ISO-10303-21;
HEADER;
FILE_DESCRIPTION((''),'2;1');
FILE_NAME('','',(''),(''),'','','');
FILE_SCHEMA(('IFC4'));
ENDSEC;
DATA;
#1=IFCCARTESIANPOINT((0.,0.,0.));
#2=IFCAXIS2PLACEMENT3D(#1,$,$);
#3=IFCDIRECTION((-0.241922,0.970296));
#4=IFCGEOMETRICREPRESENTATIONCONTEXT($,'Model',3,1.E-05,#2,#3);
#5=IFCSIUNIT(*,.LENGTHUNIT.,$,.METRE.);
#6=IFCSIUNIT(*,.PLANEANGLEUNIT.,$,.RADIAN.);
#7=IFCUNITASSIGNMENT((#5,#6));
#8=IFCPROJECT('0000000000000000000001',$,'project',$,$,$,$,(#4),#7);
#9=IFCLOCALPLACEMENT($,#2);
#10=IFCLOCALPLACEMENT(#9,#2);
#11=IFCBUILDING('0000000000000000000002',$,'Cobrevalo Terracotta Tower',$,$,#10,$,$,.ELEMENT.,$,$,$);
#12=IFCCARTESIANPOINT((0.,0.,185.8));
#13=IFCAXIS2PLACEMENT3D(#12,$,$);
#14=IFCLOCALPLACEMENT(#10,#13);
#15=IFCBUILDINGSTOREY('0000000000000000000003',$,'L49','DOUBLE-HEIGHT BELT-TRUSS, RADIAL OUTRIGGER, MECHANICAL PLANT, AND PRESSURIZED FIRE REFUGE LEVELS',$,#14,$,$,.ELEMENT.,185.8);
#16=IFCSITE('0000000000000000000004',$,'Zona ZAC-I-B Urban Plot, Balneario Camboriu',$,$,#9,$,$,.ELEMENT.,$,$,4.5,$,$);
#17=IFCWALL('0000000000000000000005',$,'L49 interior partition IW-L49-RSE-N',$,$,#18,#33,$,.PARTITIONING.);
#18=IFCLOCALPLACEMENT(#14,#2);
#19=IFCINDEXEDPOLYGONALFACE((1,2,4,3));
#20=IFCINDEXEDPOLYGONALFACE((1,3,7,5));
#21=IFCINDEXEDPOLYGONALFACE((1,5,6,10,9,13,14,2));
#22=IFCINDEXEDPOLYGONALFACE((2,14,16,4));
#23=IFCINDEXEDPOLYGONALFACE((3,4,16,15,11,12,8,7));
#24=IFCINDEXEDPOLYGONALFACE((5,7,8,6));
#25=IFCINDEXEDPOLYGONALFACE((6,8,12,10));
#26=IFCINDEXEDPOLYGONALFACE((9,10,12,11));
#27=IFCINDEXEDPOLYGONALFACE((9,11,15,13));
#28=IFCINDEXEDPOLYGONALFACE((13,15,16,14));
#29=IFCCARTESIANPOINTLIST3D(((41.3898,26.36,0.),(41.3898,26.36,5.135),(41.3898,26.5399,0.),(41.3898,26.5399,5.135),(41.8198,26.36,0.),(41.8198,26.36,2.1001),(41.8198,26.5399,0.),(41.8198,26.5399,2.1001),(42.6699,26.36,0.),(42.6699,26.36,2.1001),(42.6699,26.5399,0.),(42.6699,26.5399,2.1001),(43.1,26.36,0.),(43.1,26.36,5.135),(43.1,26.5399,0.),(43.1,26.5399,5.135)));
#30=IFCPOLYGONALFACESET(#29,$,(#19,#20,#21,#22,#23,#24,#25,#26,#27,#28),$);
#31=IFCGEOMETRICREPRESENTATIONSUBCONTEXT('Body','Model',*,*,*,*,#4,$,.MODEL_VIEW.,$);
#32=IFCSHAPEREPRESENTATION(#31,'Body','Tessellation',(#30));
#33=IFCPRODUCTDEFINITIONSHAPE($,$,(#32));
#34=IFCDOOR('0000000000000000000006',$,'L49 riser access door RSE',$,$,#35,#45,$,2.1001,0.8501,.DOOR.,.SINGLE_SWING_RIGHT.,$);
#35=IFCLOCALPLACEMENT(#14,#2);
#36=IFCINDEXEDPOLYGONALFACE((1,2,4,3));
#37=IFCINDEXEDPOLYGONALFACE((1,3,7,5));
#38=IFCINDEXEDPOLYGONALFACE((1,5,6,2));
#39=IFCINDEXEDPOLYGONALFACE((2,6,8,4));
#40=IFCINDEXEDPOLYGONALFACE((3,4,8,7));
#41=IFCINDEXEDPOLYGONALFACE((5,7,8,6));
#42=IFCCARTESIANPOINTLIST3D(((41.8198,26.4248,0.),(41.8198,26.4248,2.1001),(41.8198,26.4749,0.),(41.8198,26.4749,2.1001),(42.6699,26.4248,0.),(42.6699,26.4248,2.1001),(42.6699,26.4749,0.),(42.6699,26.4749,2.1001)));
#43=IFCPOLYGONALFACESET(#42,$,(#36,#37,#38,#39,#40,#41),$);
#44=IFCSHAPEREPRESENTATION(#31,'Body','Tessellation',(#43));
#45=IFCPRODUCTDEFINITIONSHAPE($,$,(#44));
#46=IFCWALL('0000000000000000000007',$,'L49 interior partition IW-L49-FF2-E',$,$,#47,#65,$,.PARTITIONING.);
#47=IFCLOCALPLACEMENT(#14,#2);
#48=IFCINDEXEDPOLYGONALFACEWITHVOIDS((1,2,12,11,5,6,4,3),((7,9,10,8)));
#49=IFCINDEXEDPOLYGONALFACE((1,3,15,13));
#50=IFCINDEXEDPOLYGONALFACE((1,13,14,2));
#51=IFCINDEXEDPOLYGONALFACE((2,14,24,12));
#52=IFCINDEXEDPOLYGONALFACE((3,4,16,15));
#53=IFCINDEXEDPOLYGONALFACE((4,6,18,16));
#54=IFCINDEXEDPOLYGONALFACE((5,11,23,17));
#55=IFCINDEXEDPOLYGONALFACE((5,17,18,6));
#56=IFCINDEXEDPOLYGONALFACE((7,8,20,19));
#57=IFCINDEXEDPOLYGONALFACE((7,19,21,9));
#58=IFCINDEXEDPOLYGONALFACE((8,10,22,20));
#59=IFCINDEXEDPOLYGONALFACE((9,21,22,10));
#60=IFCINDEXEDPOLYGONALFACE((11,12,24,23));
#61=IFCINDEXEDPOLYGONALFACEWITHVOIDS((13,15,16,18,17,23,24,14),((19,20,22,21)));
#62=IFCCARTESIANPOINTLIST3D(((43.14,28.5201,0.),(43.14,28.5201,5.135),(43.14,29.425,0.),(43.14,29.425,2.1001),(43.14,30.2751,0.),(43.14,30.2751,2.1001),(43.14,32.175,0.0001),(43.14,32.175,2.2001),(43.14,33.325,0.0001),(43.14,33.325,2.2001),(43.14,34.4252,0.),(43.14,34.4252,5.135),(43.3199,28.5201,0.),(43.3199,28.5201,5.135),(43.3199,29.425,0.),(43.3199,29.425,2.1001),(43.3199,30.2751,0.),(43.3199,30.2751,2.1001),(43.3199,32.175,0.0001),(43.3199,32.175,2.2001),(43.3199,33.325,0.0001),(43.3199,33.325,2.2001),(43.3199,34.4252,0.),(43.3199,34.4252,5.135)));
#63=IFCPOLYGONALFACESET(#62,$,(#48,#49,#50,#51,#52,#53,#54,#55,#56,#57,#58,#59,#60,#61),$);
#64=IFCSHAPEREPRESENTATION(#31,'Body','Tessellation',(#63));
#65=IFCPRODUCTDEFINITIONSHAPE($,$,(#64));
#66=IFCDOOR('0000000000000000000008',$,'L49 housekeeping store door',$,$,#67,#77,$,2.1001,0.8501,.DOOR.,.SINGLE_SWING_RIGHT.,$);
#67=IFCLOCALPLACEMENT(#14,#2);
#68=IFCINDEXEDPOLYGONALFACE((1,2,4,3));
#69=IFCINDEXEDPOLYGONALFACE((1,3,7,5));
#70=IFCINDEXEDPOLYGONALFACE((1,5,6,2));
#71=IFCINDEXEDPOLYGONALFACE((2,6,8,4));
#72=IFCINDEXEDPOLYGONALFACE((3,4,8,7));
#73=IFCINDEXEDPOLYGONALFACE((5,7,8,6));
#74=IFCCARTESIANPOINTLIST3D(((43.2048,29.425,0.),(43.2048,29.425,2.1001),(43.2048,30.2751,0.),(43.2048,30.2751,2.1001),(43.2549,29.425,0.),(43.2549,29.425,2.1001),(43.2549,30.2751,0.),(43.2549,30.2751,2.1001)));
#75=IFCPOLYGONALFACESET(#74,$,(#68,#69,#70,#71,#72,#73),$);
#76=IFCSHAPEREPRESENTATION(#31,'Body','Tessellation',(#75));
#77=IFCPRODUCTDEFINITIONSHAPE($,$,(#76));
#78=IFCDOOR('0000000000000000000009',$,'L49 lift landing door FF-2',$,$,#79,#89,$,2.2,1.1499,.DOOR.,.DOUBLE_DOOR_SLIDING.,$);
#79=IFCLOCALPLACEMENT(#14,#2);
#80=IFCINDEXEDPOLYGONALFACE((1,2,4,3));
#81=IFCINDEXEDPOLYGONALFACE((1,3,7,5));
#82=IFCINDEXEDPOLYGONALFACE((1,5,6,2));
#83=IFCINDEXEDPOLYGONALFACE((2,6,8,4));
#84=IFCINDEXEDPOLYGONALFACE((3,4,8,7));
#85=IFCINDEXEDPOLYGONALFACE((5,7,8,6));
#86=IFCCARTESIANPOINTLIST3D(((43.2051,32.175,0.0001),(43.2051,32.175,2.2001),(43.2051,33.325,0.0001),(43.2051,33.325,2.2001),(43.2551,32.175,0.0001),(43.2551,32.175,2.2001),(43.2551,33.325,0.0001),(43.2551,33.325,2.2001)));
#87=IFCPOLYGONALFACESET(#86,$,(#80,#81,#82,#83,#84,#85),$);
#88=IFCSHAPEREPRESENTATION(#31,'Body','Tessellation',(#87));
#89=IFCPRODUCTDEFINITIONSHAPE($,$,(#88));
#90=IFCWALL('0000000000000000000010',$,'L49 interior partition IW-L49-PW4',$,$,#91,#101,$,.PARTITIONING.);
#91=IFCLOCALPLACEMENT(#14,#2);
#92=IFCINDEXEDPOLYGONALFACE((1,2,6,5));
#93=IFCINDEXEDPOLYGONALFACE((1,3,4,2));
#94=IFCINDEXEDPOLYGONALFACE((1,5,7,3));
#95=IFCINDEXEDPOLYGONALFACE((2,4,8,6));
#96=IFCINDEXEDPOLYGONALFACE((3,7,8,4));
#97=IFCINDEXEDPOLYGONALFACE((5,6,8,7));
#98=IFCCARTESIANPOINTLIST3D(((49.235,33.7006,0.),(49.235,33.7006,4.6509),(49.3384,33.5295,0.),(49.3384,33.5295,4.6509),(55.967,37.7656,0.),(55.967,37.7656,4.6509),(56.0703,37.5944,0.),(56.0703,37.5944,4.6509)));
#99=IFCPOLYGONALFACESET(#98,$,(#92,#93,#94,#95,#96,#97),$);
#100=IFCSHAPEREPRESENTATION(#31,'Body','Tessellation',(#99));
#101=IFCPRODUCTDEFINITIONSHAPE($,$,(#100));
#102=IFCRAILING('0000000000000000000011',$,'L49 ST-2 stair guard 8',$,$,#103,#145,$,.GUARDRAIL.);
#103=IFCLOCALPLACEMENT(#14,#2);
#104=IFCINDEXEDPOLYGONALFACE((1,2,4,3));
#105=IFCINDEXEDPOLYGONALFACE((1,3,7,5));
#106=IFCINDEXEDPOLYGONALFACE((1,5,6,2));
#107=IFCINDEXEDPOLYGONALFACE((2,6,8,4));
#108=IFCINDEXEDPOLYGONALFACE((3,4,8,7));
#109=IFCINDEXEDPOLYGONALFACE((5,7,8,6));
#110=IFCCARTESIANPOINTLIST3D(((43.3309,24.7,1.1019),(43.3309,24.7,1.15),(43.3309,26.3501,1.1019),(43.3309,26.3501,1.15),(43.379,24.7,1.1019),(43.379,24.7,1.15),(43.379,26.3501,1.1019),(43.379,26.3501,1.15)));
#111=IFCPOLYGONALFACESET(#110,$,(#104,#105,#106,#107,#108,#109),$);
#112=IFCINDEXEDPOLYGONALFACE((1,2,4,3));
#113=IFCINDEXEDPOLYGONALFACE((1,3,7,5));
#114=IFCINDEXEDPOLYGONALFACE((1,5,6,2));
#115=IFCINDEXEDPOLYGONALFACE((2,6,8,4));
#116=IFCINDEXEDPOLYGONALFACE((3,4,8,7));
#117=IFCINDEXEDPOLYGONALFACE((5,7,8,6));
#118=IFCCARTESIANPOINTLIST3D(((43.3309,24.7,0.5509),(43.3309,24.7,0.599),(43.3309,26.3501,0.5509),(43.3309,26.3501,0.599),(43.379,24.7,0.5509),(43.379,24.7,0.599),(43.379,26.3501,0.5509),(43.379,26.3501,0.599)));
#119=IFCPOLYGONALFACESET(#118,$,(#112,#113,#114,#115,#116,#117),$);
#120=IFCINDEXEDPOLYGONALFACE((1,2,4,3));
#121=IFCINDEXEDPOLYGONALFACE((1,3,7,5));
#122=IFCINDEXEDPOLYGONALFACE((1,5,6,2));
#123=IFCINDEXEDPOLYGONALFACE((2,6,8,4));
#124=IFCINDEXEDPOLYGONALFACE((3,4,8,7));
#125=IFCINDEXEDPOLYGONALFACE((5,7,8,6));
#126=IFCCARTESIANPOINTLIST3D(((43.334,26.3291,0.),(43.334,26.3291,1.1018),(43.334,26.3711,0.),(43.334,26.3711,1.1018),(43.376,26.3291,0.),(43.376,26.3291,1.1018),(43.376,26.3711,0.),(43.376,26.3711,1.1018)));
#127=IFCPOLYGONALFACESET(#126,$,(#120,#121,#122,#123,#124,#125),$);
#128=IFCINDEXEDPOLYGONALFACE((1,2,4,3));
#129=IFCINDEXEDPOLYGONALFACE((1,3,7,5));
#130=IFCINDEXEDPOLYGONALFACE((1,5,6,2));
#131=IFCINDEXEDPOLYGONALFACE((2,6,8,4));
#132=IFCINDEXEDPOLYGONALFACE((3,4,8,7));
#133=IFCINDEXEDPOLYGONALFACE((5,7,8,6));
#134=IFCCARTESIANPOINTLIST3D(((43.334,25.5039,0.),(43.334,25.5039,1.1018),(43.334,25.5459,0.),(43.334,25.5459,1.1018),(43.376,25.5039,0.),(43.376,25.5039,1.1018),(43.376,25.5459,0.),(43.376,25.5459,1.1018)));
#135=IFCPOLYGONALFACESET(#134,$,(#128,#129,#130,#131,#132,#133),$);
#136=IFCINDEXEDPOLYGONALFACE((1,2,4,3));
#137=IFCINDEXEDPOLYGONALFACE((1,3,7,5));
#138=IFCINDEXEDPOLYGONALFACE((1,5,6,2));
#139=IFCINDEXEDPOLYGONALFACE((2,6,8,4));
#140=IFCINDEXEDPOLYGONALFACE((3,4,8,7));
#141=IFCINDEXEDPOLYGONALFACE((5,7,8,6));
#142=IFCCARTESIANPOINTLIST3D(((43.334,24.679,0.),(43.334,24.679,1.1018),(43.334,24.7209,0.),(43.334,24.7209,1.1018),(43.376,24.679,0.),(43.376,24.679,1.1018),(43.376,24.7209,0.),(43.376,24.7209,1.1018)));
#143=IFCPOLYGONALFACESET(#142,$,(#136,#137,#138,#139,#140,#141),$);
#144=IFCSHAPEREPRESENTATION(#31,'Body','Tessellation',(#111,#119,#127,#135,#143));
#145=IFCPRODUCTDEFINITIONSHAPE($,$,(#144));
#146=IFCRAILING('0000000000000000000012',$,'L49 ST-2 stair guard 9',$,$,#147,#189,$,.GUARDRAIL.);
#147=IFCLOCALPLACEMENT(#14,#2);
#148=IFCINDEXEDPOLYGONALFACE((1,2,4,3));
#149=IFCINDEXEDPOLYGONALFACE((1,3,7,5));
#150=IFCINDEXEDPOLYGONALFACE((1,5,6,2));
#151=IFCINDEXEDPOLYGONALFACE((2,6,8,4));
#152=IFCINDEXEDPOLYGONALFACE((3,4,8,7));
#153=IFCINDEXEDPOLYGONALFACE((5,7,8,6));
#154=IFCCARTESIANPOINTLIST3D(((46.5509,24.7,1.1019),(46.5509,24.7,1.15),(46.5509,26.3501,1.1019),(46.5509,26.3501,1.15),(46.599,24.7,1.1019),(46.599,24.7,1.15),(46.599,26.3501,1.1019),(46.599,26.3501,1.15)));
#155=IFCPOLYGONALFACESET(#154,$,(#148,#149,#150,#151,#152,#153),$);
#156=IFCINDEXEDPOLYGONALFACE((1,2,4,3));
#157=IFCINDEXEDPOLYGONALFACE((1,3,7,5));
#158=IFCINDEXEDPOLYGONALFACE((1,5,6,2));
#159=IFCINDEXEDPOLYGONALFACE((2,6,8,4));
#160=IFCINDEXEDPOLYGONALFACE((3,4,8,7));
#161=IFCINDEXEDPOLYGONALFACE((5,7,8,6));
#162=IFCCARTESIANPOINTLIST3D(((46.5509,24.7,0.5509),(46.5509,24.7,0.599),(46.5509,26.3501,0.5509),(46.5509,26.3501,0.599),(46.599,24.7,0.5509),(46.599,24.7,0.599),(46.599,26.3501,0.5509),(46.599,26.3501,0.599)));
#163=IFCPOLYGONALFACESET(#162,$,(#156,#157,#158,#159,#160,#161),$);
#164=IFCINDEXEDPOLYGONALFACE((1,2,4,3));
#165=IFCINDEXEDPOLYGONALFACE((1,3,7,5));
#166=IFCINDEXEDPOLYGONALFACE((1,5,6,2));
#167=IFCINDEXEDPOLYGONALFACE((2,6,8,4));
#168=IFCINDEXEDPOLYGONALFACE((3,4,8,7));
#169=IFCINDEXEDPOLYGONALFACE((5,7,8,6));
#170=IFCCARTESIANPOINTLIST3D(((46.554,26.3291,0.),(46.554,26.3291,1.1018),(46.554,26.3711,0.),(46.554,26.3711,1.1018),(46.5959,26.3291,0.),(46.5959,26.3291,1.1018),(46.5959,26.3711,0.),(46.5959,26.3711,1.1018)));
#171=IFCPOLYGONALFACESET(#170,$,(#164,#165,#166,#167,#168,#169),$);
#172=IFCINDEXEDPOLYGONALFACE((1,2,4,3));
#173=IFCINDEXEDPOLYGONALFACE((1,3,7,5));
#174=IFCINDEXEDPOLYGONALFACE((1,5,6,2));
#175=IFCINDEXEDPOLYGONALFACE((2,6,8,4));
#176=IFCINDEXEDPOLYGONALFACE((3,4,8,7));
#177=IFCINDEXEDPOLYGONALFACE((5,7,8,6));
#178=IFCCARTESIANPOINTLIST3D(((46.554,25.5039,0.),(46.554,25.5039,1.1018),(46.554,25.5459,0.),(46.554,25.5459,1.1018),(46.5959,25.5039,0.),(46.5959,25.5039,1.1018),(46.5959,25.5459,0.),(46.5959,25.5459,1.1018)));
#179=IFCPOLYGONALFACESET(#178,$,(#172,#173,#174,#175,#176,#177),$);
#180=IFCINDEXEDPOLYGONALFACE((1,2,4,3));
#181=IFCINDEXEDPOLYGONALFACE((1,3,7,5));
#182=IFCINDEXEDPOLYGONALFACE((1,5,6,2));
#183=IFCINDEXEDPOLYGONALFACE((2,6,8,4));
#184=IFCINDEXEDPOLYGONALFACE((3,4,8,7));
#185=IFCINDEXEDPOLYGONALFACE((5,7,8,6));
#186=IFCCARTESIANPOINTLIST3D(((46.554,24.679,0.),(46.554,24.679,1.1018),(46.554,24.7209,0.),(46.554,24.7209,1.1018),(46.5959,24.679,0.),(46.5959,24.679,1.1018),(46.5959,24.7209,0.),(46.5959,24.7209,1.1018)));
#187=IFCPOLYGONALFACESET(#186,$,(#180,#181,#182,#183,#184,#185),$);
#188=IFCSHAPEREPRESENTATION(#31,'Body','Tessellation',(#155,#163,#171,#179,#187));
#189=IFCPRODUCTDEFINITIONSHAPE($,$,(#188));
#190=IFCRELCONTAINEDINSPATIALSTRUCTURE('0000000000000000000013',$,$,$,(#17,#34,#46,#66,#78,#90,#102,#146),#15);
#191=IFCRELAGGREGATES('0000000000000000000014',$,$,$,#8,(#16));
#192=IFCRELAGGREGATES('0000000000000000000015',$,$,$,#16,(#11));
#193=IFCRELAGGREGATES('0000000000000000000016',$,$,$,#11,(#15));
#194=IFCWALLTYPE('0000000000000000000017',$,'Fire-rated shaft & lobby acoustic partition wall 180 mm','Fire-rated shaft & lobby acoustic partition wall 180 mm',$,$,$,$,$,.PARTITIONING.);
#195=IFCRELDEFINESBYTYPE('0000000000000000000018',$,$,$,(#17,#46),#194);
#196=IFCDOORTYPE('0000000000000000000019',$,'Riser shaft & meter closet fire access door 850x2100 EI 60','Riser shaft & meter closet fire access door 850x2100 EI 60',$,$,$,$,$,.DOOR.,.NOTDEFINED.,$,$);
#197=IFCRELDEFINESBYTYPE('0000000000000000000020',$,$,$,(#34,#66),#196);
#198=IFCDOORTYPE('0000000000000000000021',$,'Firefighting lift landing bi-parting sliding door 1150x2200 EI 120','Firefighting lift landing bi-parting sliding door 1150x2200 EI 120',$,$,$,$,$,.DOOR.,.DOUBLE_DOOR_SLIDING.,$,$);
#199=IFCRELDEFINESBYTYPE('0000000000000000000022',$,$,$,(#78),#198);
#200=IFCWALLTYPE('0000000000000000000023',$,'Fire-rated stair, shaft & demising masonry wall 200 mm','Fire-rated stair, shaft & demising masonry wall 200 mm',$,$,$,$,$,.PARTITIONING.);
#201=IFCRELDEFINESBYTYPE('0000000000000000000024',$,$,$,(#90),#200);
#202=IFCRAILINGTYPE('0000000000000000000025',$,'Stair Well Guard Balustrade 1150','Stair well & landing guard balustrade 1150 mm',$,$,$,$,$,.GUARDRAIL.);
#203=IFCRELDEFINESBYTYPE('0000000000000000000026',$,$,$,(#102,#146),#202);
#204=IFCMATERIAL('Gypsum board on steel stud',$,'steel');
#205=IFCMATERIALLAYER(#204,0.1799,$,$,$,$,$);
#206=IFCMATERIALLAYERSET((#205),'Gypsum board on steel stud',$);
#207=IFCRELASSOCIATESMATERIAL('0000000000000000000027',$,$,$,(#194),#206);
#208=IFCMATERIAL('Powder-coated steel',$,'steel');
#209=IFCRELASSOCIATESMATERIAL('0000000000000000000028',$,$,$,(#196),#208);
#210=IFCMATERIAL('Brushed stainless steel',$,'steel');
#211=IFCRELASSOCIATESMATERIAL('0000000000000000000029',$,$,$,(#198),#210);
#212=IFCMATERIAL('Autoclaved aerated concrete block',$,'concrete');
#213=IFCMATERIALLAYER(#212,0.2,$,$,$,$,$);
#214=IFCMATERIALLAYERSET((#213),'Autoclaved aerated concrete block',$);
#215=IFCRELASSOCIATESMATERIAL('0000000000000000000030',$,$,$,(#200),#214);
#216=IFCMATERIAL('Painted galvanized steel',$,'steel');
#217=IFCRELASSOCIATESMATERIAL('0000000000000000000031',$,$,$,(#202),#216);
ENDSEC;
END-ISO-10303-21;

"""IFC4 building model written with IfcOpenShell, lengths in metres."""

from ifc_helpers import new_model, si_unit, direction, frame, frame_2d, origin, origin_2d, place, context, subcontext, project, spatial, rectangle, extrude, source, transform, mapped, material, layer, layer_set, type_object, element, fill, save


model = new_model("IFC4")

# Units and contexts
model_context = context("Model", 3, precision=1e-05, world=origin(), true_north=direction((-0.241922, 0.970296)))
body_context = subcontext(model_context, "Body", "Model", "MODEL_VIEW")
ifc_project = project(units=[si_unit("LENGTHUNIT", "METRE"), si_unit("PLANEANGLEUNIT", "RADIAN")], contexts=[model_context])

# Site, building, storey
site_placement = place(None, origin())
site = spatial("IfcSite", under=ifc_project, at=site_placement, Name="Zona ZAC-I-B Urban Plot, Balneario Camboriu", CompositionType="ELEMENT", RefElevation=4.5)
building_placement = place(site_placement, origin())
building = spatial("IfcBuilding", under=site, at=building_placement, Name="Cobrevalo Terracotta Tower", CompositionType="ELEMENT")
storey_placement = place(building_placement, frame((0.0, 0.0, 185.8)))
storey = spatial("IfcBuildingStorey", under=building, at=storey_placement, Name="L49", Description="DOUBLE-HEIGHT BELT-TRUSS, RADIAL OUTRIGGER, MECHANICAL PLANT, AND PRESSURIZED FIRE REFUGE LEVELS", CompositionType="ELEMENT", Elevation=185.8)

# Shared definitions
ifc_material_1 = material(Name="Gypsum board on steel stud", Category="steel")

# Wall, opening, door
ifc_layer_1 = layer(ifc_material_1, 0.1799)
ifc_layer_set_1 = layer_set([ifc_layer_1], Name="Gypsum board on steel stud")
wall_type_1 = type_object("IfcWallType", Name="Fire-rated shaft & lobby acoustic partition wall 180 mm", Description="Fire-rated shaft & lobby acoustic partition wall 180 mm", PredefinedType="PARTITIONING", material=ifc_layer_set_1)
wall_1_placement = place(storey_placement, frame((41.3899, 26.45, 0.0), z_axis=(0.0, 0.0, 1.0), x_axis=(1.0, 0.0, 0.0)))
wall_1 = element("IfcWall", 1, at=wall_1_placement, inside=storey, type_object=wall_type_1, Name="L49 interior partition IW-L49-RSE-N", PredefinedType="PARTITIONING", context=body_context, shape_type="SweptSolid", body=[
    extrude(rectangle(XDim=1.7102, YDim=0.1799, at=frame_2d((0.855, 0.0))), origin(), (0.0, 0.0, 1.0), 5.135),
])
opening_1_placement = place(wall_1_placement, frame((0.4299, 0.0, 0.0)))
opening_1 = element("IfcOpeningElement", 2, at=opening_1_placement, cuts=wall_1, PredefinedType="OPENING", context=body_context, shape_type="SweptSolid", body=[
    extrude(rectangle(XDim=0.8501, YDim=2.1001, at=frame_2d((0.425, 1.05))), frame((0.0, 0.1001, 0.0), z_axis=(0.0, -1.0, 0.0), x_axis=(1.0, 0.0, 0.0)), (0.0, 0.0, 1.0), 0.2),
])
ifc_material_2 = material(Name="Powder-coated steel", Category="steel")
door_type_1 = type_object("IfcDoorType", Name="Riser shaft & meter closet fire access door 850x2100 EI 60", Description="Riser shaft & meter closet fire access door 850x2100 EI 60", OperationType="NOTDEFINED", PredefinedType="DOOR", material=ifc_material_2)
shared_shape_1 = source(origin(), body_context, "Body", "SweptSolid", [
    extrude(rectangle(XDim=0.8501, YDim=2.1001, at=frame_2d((0.425, 1.05))), frame((0.0, 0.0249, 0.0), z_axis=(0.0, -1.0, 0.0), x_axis=(1.0, 0.0, 0.0)), (0.0, 0.0, 1.0), 0.05),
])
door_1_placement = place(opening_1_placement, origin())
door_1 = element("IfcDoor", 3, at=door_1_placement, inside=storey, type_object=door_type_1, Name="L49 riser access door RSE", OperationType="SINGLE_SWING_RIGHT", OverallHeight=2.1001, OverallWidth=0.8501, PredefinedType="DOOR", context=body_context, shape_type="MappedRepresentation", body=[
    mapped(shared_shape_1, transform((0.0, 0.0, 0.0), scale=1.0)),
])
fill(opening_1, door_1)

# Wall, openings, doors
wall_2_placement = place(storey_placement, frame((43.23, 28.52, 0.0), z_axis=(0.0, 0.0, 1.0), x_axis=(0.0, 1.0, 0.0)))
wall_2 = element("IfcWall", 4, at=wall_2_placement, inside=storey, type_object=wall_type_1, Name="L49 interior partition IW-L49-FF2-E", PredefinedType="PARTITIONING", context=body_context, shape_type="SweptSolid", body=[
    extrude(rectangle(XDim=5.905, YDim=0.1799, at=frame_2d((2.9526, 0.0))), origin(), (0.0, 0.0, 1.0), 5.135),
])
opening_2_placement = place(wall_2_placement, frame((0.905, 0.0, 0.0)))
opening_2 = element("IfcOpeningElement", 5, at=opening_2_placement, cuts=wall_2, PredefinedType="OPENING", context=body_context, shape_type="SweptSolid", body=[
    extrude(rectangle(XDim=0.8501, YDim=2.1001, at=frame_2d((0.425, 1.05))), frame((0.0, 0.1001, 0.0), z_axis=(0.0, -1.0, 0.0), x_axis=(1.0, 0.0, 0.0)), (0.0, 0.0, 1.0), 0.2),
])
opening_3_placement = place(wall_2_placement, frame((3.655, 0.0, 0.0)))
opening_3 = element("IfcOpeningElement", 6, at=opening_3_placement, cuts=wall_2, PredefinedType="OPENING", context=body_context, shape_type="SweptSolid", body=[
    extrude(rectangle(XDim=1.1499, YDim=2.2, at=frame_2d((0.575, 1.1001))), frame((0.0, 0.1001, 0.0), z_axis=(0.0, -1.0, 0.0), x_axis=(1.0, 0.0, 0.0)), (0.0, 0.0, 1.0), 0.2),
])
door_2_placement = place(opening_2_placement, frame((0.8501, 0.0, 0.0), z_axis=(0.0, 0.0, 1.0), x_axis=(-1.0, 0.0, 0.0)))
door_2 = element("IfcDoor", 7, at=door_2_placement, inside=storey, type_object=door_type_1, Name="L49 housekeeping store door", OperationType="SINGLE_SWING_RIGHT", OverallHeight=2.1001, OverallWidth=0.8501, PredefinedType="DOOR", context=body_context, shape_type="MappedRepresentation", body=[
    mapped(shared_shape_1, transform((0.0, 0.0, 0.0), scale=1.0)),
])
fill(opening_2, door_2)
ifc_material_3 = material(Name="Brushed stainless steel", Category="steel")
door_type_2 = type_object("IfcDoorType", Name="Firefighting lift landing bi-parting sliding door 1150x2200 EI 120", Description="Firefighting lift landing bi-parting sliding door 1150x2200 EI 120", OperationType="DOUBLE_DOOR_SLIDING", PredefinedType="DOOR", material=ifc_material_3)
shared_shape_2 = source(origin(), body_context, "Body", "SweptSolid", [
    extrude(rectangle(XDim=1.1499, YDim=2.2, at=frame_2d((0.575, 1.1001))), frame((0.0, 0.0249, 0.0), z_axis=(0.0, -1.0, 0.0), x_axis=(1.0, 0.0, 0.0)), (0.0, 0.0, 1.0), 0.05),
])
door_3_placement = place(opening_3_placement, origin())
door_3 = element("IfcDoor", 8, at=door_3_placement, inside=storey, type_object=door_type_2, Name="L49 lift landing door FF-2", OperationType="DOUBLE_DOOR_SLIDING", OverallHeight=2.2, OverallWidth=1.1499, PredefinedType="DOOR", context=body_context, shape_type="MappedRepresentation", body=[
    mapped(shared_shape_2, transform((0.0, 0.0, 0.0), scale=1.0)),
])
fill(opening_3, door_3)

# Wall
ifc_material_4 = material(Name="Autoclaved aerated concrete block", Category="concrete")
ifc_layer_2 = layer(ifc_material_4, 0.2)
ifc_layer_set_2 = layer_set([ifc_layer_2], Name="Autoclaved aerated concrete block")
wall_type_2 = type_object("IfcWallType", Name="Fire-rated stair, shaft & demising masonry wall 200 mm", Description="Fire-rated stair, shaft & demising masonry wall 200 mm", PredefinedType="PARTITIONING", material=ifc_layer_set_2)
wall_3_placement = place(storey_placement, frame((49.2866, 33.615, 0.0), z_axis=(0.0, 0.0, 1.0), x_axis=(0.856043, 0.516904, 0.0)))
element("IfcWall", 9, at=wall_3_placement, inside=storey, type_object=wall_type_2, Name="L49 interior partition IW-L49-PW4", PredefinedType="PARTITIONING", context=body_context, shape_type="SweptSolid", body=[
    extrude(rectangle(XDim=7.864, YDim=0.2, at=frame_2d((3.9321, 0.0))), origin(), (0.0, 0.0, 1.0), 4.6509),
])

# Railings
ifc_material_5 = material(Name="Painted galvanized steel", Category="steel")
railing_type = type_object("IfcRailingType", Name="Stair Well Guard Balustrade 1150", Description="Stair well & landing guard balustrade 1150 mm", PredefinedType="GUARDRAIL", material=ifc_material_5)
for number, where, name in (
    (10, (43.355, 26.3501, 0.0), "L49 ST-2 stair guard 8"),
    (11, (46.575, 26.3501, 0.0), "L49 ST-2 stair guard 9"),
):
    element("IfcRailing", number, at=place(storey_placement, frame(where)), inside=storey, type_object=railing_type, Name=name, PredefinedType="GUARDRAIL", context=body_context, shape_type="SweptSolid", body=[
        extrude(rectangle(XDim=0.0481, YDim=0.0481, at=origin_2d()), frame((0.0, 0.0, 1.126), z_axis=(0.0, -1.0, 0.0), x_axis=(1.0, 0.0, 0.0)), (0.0, 0.0, 1.0), 1.6501),
        extrude(rectangle(XDim=0.0481, YDim=0.0481, at=origin_2d()), frame((0.0, 0.0, 0.575), z_axis=(0.0, -1.0, 0.0), x_axis=(1.0, 0.0, 0.0)), (0.0, 0.0, 1.0), 1.6501),
        extrude(rectangle(XDim=0.042, YDim=0.042, at=origin_2d()), origin(), (0.0, 0.0, 1.0), 1.1018),
        extrude(rectangle(XDim=0.042, YDim=0.042, at=origin_2d()), frame((0.0, -0.8252, 0.0)), (0.0, 0.0, 1.0), 1.1018),
        extrude(rectangle(XDim=0.042, YDim=0.042, at=origin_2d()), frame((0.0, -1.6501, 0.0)), (0.0, 0.0, 1.0), 1.1018),
    ])

save(model, "model.ifc")
